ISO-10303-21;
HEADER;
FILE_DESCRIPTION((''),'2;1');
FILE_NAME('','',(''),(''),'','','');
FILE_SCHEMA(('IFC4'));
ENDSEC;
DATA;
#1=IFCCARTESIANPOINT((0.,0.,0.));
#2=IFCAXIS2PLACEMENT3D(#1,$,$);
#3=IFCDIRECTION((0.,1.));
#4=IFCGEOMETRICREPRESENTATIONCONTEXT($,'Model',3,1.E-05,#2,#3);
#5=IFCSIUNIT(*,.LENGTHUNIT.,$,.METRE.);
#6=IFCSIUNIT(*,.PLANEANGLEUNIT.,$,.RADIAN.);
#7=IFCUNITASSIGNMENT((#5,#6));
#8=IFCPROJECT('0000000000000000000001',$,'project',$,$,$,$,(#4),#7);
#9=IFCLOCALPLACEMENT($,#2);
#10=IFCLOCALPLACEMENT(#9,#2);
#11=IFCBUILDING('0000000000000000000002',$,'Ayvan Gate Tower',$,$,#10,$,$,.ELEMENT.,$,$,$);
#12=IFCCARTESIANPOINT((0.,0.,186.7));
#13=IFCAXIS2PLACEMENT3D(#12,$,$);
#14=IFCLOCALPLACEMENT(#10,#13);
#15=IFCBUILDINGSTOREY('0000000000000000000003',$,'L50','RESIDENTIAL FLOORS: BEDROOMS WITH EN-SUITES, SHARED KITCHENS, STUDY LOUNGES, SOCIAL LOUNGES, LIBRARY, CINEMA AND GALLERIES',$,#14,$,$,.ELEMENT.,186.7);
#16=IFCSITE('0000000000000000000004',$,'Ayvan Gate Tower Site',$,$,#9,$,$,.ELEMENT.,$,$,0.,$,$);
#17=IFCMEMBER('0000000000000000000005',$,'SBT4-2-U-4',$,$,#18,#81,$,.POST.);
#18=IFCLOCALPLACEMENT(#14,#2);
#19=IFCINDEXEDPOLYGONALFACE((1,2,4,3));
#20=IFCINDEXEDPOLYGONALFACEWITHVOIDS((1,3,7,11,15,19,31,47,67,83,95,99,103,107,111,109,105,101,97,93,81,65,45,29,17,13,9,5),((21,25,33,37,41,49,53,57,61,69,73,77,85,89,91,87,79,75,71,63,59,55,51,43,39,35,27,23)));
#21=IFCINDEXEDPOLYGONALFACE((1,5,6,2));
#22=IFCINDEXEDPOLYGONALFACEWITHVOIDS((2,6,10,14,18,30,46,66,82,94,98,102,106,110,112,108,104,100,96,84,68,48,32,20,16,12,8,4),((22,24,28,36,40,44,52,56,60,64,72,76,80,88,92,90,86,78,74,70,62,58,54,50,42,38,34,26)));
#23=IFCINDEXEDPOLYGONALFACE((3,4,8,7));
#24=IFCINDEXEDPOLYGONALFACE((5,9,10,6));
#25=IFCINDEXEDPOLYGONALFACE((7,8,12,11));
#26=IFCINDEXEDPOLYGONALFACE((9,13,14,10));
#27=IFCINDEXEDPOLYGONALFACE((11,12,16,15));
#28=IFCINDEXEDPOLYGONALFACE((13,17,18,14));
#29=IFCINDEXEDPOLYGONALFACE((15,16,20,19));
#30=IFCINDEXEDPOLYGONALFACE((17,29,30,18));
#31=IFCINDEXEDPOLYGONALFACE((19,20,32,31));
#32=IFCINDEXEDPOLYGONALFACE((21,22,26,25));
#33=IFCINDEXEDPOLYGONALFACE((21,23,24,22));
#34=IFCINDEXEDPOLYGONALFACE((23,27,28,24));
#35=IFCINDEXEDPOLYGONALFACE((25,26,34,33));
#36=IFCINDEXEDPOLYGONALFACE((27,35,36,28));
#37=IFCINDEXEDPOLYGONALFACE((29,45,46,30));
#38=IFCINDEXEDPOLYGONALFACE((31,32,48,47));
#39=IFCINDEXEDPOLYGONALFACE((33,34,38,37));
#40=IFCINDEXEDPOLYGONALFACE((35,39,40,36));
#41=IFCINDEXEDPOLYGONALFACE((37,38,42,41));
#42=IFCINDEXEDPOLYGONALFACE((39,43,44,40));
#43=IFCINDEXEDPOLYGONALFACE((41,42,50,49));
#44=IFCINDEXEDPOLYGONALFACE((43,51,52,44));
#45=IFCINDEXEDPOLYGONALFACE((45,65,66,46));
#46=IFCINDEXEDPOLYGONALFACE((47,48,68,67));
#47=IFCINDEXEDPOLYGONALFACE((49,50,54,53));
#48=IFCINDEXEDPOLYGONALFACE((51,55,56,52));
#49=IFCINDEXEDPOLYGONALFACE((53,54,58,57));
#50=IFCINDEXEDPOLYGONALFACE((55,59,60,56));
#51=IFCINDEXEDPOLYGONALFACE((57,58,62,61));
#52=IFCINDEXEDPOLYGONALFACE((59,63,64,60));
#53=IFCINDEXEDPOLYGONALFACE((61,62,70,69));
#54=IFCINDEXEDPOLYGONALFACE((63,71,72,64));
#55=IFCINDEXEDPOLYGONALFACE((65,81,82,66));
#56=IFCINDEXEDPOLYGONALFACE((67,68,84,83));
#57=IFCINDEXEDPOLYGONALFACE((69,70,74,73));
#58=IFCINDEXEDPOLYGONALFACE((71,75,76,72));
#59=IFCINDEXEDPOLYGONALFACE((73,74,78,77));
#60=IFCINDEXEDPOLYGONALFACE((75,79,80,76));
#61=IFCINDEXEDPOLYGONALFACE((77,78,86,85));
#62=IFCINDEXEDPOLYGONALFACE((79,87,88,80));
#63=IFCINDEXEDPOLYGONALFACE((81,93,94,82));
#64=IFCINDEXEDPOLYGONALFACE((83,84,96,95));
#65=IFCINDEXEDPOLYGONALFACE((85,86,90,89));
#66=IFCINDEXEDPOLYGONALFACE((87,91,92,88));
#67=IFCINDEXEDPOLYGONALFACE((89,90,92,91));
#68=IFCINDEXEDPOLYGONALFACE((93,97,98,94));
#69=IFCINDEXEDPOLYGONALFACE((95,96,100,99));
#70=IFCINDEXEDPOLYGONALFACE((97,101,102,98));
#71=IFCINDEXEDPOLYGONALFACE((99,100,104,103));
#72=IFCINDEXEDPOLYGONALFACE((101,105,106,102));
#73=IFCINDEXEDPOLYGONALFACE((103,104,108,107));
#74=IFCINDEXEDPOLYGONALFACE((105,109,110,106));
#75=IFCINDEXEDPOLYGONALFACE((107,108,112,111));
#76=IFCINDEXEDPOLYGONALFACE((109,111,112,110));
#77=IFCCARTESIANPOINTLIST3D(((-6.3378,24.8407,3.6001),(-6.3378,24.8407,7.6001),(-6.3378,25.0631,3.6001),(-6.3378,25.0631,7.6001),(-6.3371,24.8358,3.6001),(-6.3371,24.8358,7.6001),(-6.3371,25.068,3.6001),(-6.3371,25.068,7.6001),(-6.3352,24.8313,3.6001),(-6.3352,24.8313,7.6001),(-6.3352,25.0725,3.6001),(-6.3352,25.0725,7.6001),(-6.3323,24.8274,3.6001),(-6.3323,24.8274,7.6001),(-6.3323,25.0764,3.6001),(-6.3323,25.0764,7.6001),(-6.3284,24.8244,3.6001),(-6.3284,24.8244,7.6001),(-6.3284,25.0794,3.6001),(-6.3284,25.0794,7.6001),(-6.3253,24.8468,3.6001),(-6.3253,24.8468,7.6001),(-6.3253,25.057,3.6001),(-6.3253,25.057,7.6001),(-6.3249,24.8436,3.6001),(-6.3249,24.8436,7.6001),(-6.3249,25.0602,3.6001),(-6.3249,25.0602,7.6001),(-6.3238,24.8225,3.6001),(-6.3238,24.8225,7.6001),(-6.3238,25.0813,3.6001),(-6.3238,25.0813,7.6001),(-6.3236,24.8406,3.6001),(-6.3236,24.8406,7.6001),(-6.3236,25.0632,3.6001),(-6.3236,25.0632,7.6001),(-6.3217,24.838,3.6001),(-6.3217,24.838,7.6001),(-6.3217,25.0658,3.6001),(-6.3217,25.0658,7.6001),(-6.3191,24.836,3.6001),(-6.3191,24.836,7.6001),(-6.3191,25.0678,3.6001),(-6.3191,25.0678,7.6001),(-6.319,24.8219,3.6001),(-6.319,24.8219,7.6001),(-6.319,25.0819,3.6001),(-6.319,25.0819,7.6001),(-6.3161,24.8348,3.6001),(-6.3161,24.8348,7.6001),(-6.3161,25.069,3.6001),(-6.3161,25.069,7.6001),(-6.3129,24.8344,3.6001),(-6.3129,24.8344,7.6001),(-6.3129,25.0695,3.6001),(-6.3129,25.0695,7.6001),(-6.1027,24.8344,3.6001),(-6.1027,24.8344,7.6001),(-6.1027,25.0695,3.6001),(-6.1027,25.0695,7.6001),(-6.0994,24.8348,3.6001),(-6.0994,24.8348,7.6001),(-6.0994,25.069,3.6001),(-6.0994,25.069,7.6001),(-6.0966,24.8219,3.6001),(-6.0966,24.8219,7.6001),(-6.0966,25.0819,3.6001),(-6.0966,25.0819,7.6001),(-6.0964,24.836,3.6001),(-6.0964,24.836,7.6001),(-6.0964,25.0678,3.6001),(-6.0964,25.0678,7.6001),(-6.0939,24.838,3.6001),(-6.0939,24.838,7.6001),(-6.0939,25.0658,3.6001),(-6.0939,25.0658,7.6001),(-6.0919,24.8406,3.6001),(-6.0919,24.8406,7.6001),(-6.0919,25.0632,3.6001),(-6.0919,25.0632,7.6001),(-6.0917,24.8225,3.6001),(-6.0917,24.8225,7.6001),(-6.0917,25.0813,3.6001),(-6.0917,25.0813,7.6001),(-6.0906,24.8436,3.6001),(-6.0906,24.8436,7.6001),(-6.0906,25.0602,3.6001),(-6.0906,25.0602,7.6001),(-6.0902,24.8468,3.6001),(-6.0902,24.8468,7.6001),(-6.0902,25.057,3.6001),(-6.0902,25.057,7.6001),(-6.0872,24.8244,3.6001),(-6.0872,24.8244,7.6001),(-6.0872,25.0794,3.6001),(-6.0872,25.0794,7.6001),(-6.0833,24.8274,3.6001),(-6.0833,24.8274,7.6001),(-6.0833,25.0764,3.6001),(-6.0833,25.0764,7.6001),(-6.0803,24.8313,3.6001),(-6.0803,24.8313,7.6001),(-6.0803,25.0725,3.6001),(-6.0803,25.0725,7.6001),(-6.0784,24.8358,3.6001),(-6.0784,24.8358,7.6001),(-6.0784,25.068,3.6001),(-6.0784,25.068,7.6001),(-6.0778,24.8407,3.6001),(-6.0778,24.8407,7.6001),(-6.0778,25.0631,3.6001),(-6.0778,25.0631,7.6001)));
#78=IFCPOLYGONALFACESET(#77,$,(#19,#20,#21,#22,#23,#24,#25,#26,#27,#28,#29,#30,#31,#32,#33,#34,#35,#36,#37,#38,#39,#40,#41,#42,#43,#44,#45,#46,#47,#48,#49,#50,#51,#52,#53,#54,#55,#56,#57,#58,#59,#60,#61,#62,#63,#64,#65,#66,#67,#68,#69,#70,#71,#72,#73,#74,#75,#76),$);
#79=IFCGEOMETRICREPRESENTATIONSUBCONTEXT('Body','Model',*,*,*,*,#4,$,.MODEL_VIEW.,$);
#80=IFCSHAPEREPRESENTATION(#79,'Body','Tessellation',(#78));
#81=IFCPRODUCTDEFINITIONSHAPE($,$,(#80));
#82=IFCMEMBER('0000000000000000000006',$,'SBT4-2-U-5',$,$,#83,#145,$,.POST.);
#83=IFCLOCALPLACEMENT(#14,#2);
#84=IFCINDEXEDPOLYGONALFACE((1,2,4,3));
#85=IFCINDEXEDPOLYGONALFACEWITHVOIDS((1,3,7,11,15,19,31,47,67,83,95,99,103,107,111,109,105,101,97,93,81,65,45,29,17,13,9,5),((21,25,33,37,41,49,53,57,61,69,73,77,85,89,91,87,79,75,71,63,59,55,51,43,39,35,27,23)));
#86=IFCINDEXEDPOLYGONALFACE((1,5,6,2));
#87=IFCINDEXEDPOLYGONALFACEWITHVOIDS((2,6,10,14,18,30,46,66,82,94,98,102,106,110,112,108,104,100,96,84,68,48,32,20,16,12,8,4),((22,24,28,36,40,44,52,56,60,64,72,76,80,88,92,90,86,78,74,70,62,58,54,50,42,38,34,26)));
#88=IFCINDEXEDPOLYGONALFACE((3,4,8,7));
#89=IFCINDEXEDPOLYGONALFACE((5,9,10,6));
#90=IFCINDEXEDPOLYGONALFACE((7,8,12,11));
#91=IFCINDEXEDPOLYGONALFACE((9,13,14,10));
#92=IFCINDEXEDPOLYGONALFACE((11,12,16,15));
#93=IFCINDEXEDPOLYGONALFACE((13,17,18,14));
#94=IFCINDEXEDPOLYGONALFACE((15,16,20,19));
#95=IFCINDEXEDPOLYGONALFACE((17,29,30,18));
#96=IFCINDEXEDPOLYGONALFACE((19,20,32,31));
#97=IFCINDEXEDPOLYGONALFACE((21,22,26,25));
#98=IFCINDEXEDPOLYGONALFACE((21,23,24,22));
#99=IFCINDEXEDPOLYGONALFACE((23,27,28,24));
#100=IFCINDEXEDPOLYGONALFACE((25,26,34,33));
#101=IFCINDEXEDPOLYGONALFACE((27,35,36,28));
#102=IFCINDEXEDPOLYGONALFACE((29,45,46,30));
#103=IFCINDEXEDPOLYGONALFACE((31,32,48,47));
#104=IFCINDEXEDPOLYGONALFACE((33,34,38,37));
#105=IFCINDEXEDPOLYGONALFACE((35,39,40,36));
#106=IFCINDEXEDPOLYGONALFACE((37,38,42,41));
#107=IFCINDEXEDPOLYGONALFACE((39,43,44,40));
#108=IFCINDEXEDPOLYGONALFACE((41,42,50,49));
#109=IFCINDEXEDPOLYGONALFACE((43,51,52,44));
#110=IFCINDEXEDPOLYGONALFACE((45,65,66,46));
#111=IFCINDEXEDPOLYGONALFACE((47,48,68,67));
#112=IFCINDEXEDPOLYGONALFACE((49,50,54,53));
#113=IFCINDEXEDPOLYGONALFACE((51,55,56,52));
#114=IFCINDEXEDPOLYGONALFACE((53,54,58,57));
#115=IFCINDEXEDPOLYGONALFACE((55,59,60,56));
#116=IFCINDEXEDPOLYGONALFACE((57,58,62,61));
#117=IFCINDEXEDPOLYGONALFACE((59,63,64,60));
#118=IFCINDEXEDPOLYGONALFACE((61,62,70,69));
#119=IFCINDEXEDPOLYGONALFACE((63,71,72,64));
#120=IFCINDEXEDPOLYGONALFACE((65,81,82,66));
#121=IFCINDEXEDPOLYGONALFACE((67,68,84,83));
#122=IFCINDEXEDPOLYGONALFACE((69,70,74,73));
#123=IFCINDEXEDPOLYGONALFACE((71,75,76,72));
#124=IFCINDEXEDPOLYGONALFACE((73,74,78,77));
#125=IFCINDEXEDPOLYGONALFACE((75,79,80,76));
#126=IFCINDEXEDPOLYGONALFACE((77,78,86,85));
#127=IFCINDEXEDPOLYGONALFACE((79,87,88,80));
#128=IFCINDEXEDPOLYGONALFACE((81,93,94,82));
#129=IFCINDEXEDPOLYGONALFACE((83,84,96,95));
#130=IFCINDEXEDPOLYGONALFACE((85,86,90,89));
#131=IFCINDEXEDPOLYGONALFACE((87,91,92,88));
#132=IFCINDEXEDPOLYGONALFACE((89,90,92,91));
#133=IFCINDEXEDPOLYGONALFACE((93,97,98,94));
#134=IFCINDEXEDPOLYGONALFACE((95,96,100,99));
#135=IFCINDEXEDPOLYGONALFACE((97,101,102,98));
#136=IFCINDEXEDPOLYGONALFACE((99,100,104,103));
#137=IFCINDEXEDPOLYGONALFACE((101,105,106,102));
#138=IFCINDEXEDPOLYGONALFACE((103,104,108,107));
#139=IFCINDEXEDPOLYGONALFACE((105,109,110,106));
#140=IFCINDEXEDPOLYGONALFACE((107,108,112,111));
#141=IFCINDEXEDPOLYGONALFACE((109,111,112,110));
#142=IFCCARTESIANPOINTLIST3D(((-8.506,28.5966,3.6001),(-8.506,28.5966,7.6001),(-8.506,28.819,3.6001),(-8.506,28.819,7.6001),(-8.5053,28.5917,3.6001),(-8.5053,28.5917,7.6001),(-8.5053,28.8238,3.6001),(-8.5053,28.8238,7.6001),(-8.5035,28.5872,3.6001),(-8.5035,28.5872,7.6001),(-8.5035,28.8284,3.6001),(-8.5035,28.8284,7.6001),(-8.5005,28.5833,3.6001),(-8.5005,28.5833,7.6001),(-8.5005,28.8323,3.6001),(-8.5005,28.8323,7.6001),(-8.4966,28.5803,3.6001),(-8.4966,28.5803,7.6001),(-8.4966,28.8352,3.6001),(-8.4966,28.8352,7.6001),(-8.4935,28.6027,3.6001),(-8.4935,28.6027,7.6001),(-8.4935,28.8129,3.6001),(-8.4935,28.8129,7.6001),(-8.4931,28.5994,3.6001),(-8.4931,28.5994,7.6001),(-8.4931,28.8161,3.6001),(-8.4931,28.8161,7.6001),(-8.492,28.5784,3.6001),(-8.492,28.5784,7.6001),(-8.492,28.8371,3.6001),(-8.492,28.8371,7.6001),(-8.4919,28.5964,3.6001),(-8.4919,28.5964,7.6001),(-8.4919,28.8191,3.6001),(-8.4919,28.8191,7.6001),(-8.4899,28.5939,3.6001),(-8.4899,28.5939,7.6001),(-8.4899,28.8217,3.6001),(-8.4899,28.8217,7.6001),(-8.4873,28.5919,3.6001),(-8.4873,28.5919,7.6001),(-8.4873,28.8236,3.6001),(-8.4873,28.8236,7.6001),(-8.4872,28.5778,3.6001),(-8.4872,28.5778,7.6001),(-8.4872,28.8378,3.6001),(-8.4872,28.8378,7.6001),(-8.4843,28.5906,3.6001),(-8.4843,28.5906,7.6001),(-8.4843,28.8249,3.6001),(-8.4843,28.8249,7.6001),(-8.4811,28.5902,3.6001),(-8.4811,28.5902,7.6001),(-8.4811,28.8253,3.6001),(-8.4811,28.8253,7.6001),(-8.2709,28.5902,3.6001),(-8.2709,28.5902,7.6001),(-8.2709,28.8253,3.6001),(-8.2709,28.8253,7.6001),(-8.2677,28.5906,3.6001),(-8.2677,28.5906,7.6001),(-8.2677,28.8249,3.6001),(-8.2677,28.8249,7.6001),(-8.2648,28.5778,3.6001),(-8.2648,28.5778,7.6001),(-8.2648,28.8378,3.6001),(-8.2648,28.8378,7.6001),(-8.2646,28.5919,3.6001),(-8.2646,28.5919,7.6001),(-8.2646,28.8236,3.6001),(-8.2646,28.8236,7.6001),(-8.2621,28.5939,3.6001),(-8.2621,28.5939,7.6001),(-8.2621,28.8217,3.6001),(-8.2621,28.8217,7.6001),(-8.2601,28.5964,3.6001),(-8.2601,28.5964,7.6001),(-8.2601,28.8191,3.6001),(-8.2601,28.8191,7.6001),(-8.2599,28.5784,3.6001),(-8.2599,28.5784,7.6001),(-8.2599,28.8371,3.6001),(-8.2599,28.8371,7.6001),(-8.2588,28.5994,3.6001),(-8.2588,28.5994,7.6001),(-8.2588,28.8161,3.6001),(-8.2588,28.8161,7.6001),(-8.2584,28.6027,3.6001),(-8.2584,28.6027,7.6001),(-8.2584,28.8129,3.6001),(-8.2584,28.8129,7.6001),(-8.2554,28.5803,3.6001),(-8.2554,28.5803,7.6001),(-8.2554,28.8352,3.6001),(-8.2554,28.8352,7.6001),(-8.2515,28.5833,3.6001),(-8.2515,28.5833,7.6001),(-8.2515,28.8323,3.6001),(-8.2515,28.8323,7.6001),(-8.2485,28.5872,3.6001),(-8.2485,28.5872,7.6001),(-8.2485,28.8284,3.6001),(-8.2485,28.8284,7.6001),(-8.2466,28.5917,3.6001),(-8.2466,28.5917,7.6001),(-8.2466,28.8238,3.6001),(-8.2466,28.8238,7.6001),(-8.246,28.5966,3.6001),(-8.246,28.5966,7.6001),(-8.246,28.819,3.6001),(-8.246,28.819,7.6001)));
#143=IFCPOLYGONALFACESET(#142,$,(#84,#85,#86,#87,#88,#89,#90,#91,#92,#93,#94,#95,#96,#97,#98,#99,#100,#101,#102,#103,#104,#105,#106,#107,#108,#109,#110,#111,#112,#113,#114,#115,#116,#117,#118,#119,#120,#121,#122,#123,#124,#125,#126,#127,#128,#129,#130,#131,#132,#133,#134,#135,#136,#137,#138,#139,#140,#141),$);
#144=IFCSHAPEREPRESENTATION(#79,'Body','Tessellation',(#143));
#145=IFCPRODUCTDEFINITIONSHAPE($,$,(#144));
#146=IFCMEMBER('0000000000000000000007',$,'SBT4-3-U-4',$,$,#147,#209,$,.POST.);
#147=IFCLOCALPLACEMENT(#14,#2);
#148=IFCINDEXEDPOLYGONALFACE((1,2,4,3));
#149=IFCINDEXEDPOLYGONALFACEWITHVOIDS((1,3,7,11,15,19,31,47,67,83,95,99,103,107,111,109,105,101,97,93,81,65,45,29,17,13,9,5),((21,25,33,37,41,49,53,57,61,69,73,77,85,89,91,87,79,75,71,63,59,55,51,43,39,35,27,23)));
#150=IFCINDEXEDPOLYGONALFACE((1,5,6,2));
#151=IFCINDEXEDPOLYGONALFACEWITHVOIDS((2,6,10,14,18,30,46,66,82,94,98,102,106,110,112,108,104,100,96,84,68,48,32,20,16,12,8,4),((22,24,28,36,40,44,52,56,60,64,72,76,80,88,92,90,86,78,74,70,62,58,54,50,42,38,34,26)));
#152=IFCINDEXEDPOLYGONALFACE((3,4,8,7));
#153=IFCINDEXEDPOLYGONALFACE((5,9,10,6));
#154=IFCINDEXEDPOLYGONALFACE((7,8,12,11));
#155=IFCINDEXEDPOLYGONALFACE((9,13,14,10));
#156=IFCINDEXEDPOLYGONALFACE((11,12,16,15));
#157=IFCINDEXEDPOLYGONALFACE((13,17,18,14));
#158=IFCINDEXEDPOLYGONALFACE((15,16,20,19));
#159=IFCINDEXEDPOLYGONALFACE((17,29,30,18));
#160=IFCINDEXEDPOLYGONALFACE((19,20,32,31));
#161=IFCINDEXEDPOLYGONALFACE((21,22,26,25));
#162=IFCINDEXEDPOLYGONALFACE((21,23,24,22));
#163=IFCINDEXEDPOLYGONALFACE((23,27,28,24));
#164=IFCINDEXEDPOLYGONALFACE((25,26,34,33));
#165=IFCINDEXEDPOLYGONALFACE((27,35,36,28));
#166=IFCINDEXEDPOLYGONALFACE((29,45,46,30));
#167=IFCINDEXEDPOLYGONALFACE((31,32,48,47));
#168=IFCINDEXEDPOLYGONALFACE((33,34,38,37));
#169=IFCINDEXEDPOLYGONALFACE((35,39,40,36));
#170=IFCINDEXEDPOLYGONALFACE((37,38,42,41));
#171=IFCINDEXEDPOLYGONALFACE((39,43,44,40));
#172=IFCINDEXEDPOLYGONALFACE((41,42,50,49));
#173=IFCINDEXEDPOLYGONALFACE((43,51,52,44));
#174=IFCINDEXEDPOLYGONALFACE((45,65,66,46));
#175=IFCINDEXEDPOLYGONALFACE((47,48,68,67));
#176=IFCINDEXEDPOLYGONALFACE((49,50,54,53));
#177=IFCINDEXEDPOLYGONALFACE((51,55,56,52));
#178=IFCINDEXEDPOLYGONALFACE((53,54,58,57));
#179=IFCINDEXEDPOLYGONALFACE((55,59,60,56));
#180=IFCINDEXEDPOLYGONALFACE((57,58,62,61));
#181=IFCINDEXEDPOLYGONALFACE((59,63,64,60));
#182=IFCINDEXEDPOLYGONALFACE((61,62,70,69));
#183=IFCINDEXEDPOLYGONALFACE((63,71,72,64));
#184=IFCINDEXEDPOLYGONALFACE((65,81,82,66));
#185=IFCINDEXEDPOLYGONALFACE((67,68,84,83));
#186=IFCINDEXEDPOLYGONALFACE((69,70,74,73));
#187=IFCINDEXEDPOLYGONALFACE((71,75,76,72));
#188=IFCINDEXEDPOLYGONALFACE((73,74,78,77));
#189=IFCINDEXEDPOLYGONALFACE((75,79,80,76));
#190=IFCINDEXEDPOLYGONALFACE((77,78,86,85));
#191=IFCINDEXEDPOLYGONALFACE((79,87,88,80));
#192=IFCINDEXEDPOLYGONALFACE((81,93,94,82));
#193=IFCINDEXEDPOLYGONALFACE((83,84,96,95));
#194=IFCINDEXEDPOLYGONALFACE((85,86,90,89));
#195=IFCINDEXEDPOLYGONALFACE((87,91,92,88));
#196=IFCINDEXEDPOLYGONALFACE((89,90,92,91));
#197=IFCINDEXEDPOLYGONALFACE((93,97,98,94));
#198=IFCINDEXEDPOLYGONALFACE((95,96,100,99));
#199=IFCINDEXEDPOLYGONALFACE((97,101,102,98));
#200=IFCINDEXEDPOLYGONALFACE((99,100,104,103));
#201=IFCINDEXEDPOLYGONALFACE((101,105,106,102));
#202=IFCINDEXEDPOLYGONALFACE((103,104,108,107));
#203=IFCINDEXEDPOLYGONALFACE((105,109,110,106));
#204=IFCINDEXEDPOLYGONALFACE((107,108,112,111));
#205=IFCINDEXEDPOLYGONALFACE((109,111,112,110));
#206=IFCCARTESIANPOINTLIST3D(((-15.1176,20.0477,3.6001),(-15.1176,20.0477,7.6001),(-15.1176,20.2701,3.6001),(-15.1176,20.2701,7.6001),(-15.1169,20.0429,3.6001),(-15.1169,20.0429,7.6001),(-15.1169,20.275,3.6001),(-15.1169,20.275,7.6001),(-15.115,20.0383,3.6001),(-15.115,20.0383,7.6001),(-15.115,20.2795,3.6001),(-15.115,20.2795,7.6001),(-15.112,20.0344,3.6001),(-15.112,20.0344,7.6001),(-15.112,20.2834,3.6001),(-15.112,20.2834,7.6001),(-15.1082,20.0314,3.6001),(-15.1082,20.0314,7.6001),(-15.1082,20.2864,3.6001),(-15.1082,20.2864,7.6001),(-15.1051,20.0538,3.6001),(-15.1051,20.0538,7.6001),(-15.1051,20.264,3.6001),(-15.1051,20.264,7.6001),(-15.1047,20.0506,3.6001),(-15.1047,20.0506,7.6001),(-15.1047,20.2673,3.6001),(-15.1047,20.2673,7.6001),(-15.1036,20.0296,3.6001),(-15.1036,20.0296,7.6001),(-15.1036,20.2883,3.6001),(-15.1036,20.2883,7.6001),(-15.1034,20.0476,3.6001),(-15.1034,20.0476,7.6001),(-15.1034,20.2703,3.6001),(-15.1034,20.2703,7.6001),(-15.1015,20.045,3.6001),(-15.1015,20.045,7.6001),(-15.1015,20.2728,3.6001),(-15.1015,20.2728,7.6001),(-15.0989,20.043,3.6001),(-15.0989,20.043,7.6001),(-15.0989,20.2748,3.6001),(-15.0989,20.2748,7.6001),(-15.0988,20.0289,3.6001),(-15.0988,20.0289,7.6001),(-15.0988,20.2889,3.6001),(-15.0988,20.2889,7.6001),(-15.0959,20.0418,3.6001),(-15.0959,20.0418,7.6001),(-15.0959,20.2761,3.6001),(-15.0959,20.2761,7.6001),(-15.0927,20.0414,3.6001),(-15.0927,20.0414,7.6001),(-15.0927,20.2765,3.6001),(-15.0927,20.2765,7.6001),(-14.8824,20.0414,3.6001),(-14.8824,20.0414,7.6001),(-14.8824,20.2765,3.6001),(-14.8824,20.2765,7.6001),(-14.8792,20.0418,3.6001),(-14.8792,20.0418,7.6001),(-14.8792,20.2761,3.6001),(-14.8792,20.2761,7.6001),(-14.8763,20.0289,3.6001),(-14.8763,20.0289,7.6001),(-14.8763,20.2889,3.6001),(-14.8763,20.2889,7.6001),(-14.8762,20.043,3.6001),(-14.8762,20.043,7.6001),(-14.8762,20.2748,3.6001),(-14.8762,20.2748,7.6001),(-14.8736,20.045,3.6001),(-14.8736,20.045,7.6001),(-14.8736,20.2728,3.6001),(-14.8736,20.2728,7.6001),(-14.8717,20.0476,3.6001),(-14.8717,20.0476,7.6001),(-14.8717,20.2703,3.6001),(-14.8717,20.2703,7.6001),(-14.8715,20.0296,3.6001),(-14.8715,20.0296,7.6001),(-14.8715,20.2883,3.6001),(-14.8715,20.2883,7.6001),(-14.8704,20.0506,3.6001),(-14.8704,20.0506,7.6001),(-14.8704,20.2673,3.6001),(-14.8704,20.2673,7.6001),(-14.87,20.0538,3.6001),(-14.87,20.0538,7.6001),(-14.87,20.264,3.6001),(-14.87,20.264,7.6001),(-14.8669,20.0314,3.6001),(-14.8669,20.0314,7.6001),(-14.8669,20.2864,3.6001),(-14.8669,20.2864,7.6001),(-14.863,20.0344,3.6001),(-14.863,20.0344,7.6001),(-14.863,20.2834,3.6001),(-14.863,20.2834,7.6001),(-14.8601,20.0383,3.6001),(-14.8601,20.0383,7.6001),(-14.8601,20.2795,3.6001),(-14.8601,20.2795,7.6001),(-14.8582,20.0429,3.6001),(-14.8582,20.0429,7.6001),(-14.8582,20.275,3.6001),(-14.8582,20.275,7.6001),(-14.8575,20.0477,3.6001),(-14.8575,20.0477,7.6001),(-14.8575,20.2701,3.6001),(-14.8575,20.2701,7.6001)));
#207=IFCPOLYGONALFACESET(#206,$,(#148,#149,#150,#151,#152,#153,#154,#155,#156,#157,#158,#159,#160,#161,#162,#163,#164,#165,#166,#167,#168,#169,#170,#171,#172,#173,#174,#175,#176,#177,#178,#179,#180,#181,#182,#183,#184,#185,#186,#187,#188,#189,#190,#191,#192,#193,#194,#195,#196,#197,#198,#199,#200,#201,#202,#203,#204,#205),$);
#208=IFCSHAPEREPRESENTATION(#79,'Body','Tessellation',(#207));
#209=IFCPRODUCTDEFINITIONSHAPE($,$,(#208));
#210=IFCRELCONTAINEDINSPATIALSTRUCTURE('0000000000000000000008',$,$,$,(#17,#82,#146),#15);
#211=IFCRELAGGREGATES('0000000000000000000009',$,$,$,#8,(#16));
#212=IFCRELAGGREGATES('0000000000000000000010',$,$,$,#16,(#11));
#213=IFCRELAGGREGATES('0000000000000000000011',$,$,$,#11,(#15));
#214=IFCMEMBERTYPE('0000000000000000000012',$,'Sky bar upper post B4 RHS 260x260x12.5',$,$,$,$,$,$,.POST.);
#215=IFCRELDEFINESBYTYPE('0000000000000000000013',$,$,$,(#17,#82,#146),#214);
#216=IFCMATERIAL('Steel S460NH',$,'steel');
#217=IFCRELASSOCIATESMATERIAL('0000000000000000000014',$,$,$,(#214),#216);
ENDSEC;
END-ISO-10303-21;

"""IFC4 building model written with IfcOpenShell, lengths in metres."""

from ifc_helpers import new_model, si_unit, direction, frame, origin, origin_2d, place, context, subcontext, project, spatial, hollow_rectangle, extrude, material, material_profile, profile_set, type_object, element, save


model = new_model("IFC4")

# Units and contexts
model_context = context("Model", 3, precision=1e-05, world=origin(), true_north=direction((0.0, 1.0)))
body_context = subcontext(model_context, "Body", "Model", "MODEL_VIEW")
ifc_project = project(units=[si_unit("LENGTHUNIT", "METRE"), si_unit("PLANEANGLEUNIT", "RADIAN")], contexts=[model_context])

# Site, building, storey
site_placement = place(None, origin())
site = spatial("IfcSite", under=ifc_project, at=site_placement, Name="Ayvan Gate Tower Site", CompositionType="ELEMENT", RefElevation=0.0)
building_placement = place(site_placement, origin())
building = spatial("IfcBuilding", under=site, at=building_placement, Name="Ayvan Gate Tower", CompositionType="ELEMENT")
storey_placement = place(building_placement, frame((0.0, 0.0, 186.7)))
storey = spatial("IfcBuildingStorey", under=building, at=storey_placement, Name="L50", Description="RESIDENTIAL FLOORS: BEDROOMS WITH EN-SUITES, SHARED KITCHENS, STUDY LOUNGES, SOCIAL LOUNGES, LIBRARY, CINEMA AND GALLERIES", CompositionType="ELEMENT", Elevation=186.7)

# Members
ifc_material_1 = material(Name="Steel S460NH", Category="steel")
ifc_material_profile_1 = material_profile(ifc_material_1, hollow_rectangle(XDim=0.26, YDim=0.26, WallThickness=0.0125, InnerFilletRadius=0.0125, OuterFilletRadius=0.0188, at=origin_2d()), Name="RHS 260x260x12.5")
ifc_profile_set_1 = profile_set([ifc_material_profile_1], Name="Steel S460NH")
member_type_1 = type_object("IfcMemberType", Name="Sky bar upper post B4 RHS 260x260x12.5", PredefinedType="POST", material=ifc_profile_set_1)
for number, where, z_axis, x_axis, name in (
    (1, (-6.2078, 24.9519, 3.6001), (0.0, 0.0, 1.0), (1.0, 0.0, 0.0), "SBT4-2-U-4"),
    (2, (-8.376, 28.7078, 3.6001), (0.0, 0.0, 1.0), (1.0, 0.0, 0.0), "SBT4-2-U-5"),
    (3, (-14.9875, 20.1589, 3.6001), (0.0, 0.0, 1.0), (1.0, 0.0, 0.0), "SBT4-3-U-4"),
):
    element("IfcMember", number, at=place(storey_placement, frame(where, z_axis=z_axis, x_axis=x_axis)), inside=storey, type_object=member_type_1, Name=name, PredefinedType="POST", context=body_context, shape_type="SweptSolid", body=[
        extrude(hollow_rectangle(XDim=0.26, YDim=0.26, WallThickness=0.0125, InnerFilletRadius=0.0125, OuterFilletRadius=0.0188, at=origin_2d()), origin(), (0.0, 0.0, 1.0), 4.0),
    ])

save(model, "model.ifc")
